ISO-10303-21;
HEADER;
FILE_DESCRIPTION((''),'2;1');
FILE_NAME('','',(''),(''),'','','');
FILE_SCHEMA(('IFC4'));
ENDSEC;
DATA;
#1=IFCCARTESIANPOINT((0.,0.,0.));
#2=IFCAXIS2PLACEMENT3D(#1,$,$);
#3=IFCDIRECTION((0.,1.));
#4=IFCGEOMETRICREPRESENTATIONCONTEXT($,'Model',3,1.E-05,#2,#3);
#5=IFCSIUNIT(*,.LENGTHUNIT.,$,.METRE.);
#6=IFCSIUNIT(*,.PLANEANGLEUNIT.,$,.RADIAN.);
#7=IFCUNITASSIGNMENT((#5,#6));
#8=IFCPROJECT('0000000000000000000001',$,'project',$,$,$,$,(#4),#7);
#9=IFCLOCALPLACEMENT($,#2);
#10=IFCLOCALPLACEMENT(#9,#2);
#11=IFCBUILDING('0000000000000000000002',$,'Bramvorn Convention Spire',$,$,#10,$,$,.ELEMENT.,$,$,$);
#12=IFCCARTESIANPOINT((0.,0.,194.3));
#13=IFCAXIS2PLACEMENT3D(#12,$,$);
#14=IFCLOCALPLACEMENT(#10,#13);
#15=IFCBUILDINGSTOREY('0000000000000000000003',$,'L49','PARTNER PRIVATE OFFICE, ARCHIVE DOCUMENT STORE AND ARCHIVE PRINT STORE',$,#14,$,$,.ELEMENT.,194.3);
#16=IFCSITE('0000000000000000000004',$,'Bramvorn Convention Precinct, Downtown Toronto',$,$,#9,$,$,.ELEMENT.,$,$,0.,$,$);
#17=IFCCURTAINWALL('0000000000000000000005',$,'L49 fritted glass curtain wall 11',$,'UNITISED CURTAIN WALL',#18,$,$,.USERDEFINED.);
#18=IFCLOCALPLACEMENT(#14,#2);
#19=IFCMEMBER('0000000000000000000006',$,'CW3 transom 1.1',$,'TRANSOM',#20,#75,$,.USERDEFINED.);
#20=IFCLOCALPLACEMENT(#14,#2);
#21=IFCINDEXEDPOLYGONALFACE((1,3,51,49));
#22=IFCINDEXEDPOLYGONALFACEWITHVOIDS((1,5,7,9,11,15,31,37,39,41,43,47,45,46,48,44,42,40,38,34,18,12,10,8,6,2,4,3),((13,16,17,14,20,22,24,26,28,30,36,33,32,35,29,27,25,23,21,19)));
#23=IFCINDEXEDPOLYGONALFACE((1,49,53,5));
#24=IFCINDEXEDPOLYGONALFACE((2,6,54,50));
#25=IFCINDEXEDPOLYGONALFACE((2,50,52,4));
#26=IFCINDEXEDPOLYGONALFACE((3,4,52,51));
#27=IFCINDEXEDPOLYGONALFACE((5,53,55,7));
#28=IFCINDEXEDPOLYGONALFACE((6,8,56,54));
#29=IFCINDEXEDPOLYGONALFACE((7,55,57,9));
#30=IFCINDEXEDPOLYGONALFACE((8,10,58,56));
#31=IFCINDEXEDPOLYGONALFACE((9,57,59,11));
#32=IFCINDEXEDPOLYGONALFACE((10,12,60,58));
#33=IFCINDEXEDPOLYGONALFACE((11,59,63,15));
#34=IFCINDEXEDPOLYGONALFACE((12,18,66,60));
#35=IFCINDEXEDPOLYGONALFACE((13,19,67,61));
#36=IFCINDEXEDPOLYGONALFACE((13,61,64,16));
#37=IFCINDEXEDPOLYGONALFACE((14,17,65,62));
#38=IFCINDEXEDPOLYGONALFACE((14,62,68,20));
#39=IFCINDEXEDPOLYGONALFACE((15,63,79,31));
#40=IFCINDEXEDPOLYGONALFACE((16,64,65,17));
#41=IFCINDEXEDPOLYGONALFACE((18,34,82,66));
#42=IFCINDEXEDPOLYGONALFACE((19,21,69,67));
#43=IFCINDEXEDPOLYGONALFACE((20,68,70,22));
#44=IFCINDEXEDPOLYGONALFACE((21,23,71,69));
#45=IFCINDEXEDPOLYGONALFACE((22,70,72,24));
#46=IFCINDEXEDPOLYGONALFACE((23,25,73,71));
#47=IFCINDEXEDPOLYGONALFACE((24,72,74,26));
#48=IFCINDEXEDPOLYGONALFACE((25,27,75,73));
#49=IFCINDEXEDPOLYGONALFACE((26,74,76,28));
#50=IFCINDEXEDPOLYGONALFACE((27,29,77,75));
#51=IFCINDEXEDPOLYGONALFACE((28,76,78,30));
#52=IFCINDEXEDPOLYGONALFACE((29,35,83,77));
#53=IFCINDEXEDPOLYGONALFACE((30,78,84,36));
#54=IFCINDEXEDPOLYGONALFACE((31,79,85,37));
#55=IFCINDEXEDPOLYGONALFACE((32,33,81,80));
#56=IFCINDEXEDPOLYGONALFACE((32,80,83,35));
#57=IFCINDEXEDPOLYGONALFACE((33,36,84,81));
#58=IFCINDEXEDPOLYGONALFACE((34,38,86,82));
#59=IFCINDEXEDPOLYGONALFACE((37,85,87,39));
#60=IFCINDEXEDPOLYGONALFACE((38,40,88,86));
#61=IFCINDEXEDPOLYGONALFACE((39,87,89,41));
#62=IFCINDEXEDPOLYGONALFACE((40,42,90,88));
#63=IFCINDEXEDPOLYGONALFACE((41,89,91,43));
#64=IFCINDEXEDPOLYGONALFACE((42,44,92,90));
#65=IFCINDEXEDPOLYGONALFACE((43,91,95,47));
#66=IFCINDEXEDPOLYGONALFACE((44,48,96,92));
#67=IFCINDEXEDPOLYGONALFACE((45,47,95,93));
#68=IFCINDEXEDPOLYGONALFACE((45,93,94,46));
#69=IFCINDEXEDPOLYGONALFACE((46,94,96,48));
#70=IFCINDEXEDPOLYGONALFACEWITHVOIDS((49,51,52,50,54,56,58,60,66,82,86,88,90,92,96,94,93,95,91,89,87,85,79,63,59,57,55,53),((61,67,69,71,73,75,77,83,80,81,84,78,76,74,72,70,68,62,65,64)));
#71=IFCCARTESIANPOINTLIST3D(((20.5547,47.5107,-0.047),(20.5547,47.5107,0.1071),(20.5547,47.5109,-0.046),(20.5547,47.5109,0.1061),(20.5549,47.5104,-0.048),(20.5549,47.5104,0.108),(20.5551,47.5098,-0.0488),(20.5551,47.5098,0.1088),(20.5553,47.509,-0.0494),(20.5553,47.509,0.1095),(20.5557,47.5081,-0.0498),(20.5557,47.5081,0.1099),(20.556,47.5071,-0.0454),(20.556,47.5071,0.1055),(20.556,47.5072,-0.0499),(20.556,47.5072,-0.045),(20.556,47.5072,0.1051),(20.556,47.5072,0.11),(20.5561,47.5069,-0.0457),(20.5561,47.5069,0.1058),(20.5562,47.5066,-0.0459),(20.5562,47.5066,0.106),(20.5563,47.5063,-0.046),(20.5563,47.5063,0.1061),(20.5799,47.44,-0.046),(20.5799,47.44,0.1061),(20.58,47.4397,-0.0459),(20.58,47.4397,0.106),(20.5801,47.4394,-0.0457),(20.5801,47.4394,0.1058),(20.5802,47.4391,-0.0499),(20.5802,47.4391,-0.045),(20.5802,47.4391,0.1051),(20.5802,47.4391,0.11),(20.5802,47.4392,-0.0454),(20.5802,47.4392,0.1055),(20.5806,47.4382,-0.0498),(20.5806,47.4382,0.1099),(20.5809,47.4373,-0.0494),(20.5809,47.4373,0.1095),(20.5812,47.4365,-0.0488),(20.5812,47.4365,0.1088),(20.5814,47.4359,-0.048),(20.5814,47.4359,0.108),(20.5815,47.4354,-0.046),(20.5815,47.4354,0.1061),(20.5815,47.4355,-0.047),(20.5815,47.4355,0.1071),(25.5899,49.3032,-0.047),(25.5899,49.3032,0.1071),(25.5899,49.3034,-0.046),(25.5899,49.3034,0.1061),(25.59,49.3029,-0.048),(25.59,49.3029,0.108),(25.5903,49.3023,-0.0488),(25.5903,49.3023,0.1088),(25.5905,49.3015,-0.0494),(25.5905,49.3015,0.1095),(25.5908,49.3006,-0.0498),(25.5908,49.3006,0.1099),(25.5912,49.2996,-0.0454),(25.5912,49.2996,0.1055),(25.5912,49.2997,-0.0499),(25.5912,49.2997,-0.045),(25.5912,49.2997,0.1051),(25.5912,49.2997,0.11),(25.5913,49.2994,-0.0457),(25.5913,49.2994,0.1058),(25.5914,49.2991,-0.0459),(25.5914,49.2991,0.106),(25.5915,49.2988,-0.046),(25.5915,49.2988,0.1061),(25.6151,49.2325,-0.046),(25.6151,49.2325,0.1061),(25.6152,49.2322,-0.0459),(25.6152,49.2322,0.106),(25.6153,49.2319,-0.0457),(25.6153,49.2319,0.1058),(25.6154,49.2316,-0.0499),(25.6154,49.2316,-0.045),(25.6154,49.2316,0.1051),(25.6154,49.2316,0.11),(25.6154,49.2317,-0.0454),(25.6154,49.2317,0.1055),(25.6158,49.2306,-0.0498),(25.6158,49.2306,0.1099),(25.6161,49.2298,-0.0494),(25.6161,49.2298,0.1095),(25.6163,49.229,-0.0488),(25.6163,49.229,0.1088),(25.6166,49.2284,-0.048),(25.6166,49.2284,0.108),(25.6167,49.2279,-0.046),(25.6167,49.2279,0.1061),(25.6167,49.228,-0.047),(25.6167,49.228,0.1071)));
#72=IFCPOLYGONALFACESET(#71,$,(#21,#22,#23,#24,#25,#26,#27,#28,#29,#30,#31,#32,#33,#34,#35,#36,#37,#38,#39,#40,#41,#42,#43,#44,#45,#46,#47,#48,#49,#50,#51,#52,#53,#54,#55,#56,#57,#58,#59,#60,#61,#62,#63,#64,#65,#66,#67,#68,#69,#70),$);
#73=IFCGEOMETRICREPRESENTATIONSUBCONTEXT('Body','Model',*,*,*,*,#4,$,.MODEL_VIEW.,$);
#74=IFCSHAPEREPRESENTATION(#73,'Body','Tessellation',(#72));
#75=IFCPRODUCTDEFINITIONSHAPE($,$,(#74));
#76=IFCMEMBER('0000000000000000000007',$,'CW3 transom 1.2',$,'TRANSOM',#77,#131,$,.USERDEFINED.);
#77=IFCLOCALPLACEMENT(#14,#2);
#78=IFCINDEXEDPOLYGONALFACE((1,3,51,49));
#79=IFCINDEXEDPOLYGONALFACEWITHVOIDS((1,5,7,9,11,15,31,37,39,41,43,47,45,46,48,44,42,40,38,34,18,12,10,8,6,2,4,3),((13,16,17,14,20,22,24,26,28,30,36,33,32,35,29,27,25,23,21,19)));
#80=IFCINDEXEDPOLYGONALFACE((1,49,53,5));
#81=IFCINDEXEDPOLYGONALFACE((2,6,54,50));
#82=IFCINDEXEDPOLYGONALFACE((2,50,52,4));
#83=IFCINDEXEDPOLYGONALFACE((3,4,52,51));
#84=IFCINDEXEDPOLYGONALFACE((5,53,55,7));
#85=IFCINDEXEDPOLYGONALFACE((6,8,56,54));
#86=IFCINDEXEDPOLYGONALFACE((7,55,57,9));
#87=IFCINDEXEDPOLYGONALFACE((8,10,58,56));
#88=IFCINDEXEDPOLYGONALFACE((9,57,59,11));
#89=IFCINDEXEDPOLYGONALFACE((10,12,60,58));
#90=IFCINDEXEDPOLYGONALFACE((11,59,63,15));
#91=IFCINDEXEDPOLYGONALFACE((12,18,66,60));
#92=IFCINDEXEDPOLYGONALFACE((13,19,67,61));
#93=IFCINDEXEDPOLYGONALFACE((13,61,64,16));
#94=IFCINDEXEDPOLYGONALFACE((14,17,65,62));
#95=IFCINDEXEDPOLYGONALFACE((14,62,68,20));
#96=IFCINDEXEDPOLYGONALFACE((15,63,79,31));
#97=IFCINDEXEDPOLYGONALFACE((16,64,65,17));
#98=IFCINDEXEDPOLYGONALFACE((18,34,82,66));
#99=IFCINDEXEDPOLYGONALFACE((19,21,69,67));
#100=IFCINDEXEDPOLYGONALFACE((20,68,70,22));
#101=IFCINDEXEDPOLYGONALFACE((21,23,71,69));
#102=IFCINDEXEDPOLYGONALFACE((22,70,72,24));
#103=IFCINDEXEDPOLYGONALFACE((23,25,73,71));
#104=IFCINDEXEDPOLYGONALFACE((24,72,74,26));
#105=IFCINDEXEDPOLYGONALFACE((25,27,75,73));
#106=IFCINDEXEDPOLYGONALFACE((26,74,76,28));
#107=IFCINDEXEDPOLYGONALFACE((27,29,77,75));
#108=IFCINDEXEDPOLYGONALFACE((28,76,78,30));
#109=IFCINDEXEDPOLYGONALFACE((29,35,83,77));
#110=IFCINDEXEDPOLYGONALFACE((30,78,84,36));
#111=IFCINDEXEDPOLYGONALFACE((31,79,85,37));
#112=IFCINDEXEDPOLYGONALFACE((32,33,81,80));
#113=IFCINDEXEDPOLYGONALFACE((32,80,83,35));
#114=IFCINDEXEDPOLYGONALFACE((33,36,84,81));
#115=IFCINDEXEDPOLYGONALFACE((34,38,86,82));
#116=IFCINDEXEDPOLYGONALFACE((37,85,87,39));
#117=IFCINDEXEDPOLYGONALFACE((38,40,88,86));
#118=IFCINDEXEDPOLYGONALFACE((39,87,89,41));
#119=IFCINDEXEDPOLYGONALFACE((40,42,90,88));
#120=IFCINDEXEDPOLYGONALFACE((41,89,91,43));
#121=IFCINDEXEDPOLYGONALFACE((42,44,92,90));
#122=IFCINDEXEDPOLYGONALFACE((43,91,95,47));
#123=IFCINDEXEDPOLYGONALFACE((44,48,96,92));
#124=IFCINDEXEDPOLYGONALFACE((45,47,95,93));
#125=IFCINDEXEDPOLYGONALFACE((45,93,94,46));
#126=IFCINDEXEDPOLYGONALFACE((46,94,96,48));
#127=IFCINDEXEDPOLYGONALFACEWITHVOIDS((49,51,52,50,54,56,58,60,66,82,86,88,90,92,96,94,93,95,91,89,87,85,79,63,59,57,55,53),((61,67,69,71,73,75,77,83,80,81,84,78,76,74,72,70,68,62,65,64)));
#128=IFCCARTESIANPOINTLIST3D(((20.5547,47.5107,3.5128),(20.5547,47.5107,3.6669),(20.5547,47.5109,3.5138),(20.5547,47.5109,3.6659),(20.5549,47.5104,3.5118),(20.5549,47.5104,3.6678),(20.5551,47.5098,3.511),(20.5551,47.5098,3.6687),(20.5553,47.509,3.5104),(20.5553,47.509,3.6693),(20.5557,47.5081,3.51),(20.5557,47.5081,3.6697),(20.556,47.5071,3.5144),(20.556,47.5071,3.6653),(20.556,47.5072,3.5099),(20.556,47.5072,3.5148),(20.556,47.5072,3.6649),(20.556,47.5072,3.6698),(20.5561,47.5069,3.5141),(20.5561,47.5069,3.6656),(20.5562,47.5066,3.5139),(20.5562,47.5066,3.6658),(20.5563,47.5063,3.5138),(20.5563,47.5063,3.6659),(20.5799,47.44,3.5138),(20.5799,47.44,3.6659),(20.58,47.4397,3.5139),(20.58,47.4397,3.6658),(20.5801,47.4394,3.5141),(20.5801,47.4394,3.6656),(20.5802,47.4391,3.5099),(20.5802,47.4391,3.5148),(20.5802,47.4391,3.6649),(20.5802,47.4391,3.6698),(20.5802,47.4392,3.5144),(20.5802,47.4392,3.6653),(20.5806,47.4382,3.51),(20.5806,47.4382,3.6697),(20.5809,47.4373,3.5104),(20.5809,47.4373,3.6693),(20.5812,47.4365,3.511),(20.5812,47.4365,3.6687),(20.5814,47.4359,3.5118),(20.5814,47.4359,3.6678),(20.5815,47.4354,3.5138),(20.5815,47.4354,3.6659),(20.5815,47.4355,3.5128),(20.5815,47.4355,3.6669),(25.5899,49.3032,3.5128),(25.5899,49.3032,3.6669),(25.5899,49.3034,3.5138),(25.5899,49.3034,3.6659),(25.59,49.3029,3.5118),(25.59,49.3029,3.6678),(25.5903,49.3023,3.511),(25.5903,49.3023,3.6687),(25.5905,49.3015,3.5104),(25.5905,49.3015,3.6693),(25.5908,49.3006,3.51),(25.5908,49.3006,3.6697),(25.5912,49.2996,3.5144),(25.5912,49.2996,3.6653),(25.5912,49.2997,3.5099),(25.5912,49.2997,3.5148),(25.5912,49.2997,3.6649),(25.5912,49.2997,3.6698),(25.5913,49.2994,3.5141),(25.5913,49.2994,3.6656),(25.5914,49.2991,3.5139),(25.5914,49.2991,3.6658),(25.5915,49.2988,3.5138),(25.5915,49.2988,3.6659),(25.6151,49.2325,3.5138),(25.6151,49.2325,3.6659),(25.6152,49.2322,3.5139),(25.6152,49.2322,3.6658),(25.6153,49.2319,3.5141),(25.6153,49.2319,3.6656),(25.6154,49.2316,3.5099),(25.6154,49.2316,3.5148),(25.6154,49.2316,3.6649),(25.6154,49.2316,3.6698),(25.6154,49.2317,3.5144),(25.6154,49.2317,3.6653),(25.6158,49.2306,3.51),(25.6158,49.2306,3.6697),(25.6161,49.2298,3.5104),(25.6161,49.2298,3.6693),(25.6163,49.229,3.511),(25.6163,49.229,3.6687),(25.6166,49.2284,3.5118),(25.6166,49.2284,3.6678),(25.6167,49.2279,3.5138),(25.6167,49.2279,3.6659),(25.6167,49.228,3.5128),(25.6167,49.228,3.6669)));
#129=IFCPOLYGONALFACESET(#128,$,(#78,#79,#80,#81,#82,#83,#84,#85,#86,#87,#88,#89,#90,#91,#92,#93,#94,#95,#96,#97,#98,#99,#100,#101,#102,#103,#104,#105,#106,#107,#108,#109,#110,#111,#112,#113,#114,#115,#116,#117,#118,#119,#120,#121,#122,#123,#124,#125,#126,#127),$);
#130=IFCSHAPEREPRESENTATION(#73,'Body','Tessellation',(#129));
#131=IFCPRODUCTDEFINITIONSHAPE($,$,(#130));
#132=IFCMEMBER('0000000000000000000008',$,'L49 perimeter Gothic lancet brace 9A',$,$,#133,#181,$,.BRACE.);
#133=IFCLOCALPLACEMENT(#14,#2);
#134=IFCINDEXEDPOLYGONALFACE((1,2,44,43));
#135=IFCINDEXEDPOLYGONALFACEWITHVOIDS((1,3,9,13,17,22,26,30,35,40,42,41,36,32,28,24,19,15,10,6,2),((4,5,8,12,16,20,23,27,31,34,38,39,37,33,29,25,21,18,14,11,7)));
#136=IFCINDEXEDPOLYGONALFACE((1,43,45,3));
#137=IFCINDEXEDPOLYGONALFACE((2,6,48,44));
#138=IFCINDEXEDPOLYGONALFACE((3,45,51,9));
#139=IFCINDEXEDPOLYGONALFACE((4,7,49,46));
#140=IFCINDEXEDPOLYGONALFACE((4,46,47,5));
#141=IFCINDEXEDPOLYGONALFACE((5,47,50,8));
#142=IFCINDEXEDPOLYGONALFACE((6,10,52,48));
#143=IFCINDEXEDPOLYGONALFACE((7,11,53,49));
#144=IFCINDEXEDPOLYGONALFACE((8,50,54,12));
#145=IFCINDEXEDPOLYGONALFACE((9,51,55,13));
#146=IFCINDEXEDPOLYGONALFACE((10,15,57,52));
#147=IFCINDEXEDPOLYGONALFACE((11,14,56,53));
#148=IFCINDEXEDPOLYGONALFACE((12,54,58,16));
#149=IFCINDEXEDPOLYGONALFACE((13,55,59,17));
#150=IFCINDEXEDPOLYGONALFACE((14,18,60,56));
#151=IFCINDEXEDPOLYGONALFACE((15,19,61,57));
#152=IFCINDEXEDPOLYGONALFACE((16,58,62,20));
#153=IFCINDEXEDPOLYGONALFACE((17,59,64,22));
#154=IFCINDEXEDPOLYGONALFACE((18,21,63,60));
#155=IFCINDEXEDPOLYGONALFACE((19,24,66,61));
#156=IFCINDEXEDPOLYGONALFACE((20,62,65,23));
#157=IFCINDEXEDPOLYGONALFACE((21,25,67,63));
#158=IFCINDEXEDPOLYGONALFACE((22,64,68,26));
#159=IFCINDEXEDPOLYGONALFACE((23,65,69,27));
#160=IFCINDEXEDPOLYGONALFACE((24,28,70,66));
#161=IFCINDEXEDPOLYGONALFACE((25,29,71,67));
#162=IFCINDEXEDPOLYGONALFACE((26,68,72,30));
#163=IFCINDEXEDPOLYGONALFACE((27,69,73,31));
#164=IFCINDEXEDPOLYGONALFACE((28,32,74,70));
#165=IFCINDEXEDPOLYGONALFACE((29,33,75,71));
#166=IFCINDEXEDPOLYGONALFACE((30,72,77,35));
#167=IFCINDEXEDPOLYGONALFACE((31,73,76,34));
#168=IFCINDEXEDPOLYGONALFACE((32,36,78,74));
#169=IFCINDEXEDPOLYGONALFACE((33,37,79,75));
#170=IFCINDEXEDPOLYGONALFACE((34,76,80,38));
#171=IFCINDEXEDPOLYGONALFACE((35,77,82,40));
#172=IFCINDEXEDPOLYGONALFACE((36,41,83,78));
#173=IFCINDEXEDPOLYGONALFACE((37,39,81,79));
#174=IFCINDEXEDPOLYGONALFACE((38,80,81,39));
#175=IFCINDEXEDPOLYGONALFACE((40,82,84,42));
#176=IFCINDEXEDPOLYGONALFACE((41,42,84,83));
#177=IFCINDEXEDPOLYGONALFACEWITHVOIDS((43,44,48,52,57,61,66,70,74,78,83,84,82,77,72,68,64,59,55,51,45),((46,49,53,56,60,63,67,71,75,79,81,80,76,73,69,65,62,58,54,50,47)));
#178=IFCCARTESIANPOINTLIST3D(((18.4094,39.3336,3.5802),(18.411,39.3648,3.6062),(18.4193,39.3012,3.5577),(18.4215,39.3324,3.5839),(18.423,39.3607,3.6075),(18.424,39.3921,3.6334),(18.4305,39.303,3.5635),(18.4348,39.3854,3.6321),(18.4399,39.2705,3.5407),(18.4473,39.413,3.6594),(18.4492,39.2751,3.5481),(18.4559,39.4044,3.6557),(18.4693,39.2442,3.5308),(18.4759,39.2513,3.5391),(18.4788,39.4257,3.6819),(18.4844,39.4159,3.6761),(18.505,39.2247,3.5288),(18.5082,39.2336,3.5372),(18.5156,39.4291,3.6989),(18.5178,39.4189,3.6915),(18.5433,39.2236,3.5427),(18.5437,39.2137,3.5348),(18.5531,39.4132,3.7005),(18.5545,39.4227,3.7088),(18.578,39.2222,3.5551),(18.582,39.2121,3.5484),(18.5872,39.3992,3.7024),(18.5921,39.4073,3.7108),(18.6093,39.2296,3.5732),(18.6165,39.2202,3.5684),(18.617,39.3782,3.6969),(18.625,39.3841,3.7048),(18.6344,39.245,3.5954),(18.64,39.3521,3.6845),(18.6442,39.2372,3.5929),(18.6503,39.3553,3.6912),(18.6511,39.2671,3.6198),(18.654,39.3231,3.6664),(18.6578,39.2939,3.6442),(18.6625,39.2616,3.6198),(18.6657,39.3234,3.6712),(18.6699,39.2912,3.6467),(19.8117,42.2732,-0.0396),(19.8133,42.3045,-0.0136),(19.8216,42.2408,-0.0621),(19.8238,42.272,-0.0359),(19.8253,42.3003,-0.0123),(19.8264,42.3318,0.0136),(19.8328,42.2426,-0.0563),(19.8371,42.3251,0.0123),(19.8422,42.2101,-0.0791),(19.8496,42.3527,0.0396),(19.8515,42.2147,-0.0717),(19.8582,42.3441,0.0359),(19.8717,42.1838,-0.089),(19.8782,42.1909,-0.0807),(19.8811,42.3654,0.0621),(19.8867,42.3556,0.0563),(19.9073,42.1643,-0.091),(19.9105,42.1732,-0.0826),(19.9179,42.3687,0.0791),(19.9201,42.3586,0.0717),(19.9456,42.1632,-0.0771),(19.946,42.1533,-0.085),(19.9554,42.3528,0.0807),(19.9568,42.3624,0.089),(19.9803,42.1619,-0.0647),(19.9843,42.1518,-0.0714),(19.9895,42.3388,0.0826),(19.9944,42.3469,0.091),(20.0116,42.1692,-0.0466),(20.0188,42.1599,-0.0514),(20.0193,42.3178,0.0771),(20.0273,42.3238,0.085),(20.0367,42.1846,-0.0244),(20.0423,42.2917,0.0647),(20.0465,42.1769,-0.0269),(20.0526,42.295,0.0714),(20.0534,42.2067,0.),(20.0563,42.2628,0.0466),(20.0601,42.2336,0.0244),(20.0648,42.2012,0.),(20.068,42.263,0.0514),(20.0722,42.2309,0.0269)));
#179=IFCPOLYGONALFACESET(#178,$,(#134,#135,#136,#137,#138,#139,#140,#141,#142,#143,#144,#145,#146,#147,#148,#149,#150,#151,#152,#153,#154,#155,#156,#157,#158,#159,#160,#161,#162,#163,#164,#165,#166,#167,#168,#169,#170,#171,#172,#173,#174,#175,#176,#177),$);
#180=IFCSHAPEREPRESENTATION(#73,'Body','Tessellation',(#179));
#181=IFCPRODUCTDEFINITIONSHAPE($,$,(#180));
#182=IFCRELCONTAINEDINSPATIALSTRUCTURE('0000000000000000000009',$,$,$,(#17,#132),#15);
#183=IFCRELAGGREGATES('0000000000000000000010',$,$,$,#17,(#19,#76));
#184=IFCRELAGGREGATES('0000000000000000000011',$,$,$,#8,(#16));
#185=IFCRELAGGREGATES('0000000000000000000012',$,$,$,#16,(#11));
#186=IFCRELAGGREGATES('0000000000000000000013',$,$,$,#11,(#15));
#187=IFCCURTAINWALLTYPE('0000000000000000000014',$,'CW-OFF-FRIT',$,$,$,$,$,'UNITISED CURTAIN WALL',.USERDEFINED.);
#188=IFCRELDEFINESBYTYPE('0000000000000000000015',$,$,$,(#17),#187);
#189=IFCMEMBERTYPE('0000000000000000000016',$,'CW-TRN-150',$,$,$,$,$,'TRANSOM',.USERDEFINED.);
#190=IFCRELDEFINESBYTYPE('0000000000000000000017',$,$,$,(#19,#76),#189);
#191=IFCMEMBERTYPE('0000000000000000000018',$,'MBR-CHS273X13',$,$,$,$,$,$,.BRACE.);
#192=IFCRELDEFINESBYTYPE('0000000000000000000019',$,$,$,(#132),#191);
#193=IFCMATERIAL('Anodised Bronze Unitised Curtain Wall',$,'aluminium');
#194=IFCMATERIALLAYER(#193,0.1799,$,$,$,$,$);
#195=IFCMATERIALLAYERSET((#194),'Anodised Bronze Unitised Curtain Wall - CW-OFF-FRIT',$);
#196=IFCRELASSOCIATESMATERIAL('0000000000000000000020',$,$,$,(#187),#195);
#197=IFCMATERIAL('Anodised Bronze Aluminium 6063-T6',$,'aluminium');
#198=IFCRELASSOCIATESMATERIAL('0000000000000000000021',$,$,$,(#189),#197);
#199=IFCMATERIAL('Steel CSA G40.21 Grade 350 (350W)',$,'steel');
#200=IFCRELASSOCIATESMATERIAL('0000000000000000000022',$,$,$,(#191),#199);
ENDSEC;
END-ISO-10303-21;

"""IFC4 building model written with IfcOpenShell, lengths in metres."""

from ifc_helpers import new_model, si_unit, direction, frame, origin, origin_2d, place, context, subcontext, project, spatial, hollow_rectangle, hollow_circle, extrude, material, layer, layer_set, material_profile, profile_set, type_object, element, aggregate, save


model = new_model("IFC4")

# Units and contexts
model_context = context("Model", 3, precision=1e-05, world=origin(), true_north=direction((0.0, 1.0)))
body_context = subcontext(model_context, "Body", "Model", "MODEL_VIEW")
ifc_project = project(units=[si_unit("LENGTHUNIT", "METRE"), si_unit("PLANEANGLEUNIT", "RADIAN")], contexts=[model_context])

# Site, building, storey
site_placement = place(None, origin())
site = spatial("IfcSite", under=ifc_project, at=site_placement, Name="Bramvorn Convention Precinct, Downtown Toronto", CompositionType="ELEMENT", RefElevation=0.0)
building_placement = place(site_placement, origin())
building = spatial("IfcBuilding", under=site, at=building_placement, Name="Bramvorn Convention Spire", CompositionType="ELEMENT")
storey_placement = place(building_placement, frame((0.0, 0.0, 194.3)))
storey = spatial("IfcBuildingStorey", under=building, at=storey_placement, Name="L49", Description="PARTNER PRIVATE OFFICE, ARCHIVE DOCUMENT STORE AND ARCHIVE PRINT STORE", CompositionType="ELEMENT", Elevation=194.3)

# Shared definitions
ifc_material_1 = material(Name="Steel CSA G40.21 Grade 350 (350W)", Category="steel")

# Curtain wall, members
ifc_material_2 = material(Name="Anodised Bronze Unitised Curtain Wall", Category="aluminium")
ifc_layer_1 = layer(ifc_material_2, 0.1799)
ifc_layer_set_1 = layer_set([ifc_layer_1], Name="Anodised Bronze Unitised Curtain Wall - CW-OFF-FRIT")
curtain_wall_type = type_object("IfcCurtainWallType", Name="CW-OFF-FRIT", ElementType="UNITISED CURTAIN WALL", PredefinedType="USERDEFINED", material=ifc_layer_set_1)
curtain_wall_placement = place(storey_placement, origin())
curtain_wall = element("IfcCurtainWall", 1, at=curtain_wall_placement, inside=storey, type_object=curtain_wall_type, Name="L49 fritted glass curtain wall 11", ObjectType="UNITISED CURTAIN WALL", PredefinedType="USERDEFINED")
ifc_material_3 = material(Name="Anodised Bronze Aluminium 6063-T6", Category="aluminium")
ifc_material_profile_1 = material_profile(ifc_material_3, hollow_rectangle(XDim=0.0801, YDim=0.1599, WallThickness=0.0039, InnerFilletRadius=0.001, OuterFilletRadius=0.0039, at=origin_2d()))
ifc_profile_set_1 = profile_set([ifc_material_profile_1], Name="Anodised Bronze Aluminium 6063-T6 - CWT80X160")
member_type_1 = type_object("IfcMemberType", Name="CW-TRN-150", ElementType="TRANSOM", PredefinedType="USERDEFINED", material=ifc_profile_set_1)
member_1_placement = place(storey_placement, frame((20.5681, 47.4731, 0.03), z_axis=(0.942085, 0.335376, 0.0), x_axis=(-0.335376, 0.942085, 0.0)))
member_1 = element("IfcMember", 2, at=member_1_placement, type_object=member_type_1, Name="CW3 transom 1.1", ObjectType="TRANSOM", PredefinedType="USERDEFINED", context=body_context, shape_type="SweptSolid", body=[
    extrude(hollow_rectangle(XDim=0.0801, YDim=0.1599, WallThickness=0.0039, InnerFilletRadius=0.001, OuterFilletRadius=0.0039, at=origin_2d()), origin(), (0.0, 0.0, 1.0), 5.3447),
])
member_2_placement = place(storey_placement, frame((20.5681, 47.4731, 3.5898), z_axis=(0.942085, 0.335376, 0.0), x_axis=(-0.335376, 0.942085, 0.0)))
member_2 = element("IfcMember", 3, at=member_2_placement, type_object=member_type_1, Name="CW3 transom 1.2", ObjectType="TRANSOM", PredefinedType="USERDEFINED", context=body_context, shape_type="SweptSolid", body=[
    extrude(hollow_rectangle(XDim=0.0801, YDim=0.1599, WallThickness=0.0039, InnerFilletRadius=0.001, OuterFilletRadius=0.0039, at=origin_2d()), origin(), (0.0, 0.0, 1.0), 5.3447),
])

# Member
ifc_material_profile_2 = material_profile(ifc_material_1, hollow_circle(Radius=0.1365, WallThickness=0.0127, at=origin_2d()))
ifc_profile_set_2 = profile_set([ifc_material_profile_2], Name="Steel CSA G40.21 Grade 350 (350W) - CHS273X13")
member_type_2 = type_object("IfcMemberType", Name="MBR-CHS273X13", PredefinedType="BRACE", material=ifc_profile_set_2)
for number, where, z_axis, x_axis, name in (
    (4, (19.9417, 42.26, 0.0), (-0.287986, -0.603698, 0.743379), (0.902564, -0.430556, 0.0), "L49 perimeter Gothic lancet brace 9A"),
):
    element("IfcMember", number, at=place(storey_placement, frame(where, z_axis=z_axis, x_axis=x_axis)), inside=storey, type_object=member_type_2, Name=name, PredefinedType="BRACE", context=body_context, shape_type="SweptSolid", body=[
        extrude(hollow_circle(Radius=0.1365, WallThickness=0.0127, at=origin_2d()), origin(), (0.0, 0.0, 1.0), 4.8694),
    ])

aggregate(curtain_wall, [member_1, member_2])

save(model, "model.ifc")
